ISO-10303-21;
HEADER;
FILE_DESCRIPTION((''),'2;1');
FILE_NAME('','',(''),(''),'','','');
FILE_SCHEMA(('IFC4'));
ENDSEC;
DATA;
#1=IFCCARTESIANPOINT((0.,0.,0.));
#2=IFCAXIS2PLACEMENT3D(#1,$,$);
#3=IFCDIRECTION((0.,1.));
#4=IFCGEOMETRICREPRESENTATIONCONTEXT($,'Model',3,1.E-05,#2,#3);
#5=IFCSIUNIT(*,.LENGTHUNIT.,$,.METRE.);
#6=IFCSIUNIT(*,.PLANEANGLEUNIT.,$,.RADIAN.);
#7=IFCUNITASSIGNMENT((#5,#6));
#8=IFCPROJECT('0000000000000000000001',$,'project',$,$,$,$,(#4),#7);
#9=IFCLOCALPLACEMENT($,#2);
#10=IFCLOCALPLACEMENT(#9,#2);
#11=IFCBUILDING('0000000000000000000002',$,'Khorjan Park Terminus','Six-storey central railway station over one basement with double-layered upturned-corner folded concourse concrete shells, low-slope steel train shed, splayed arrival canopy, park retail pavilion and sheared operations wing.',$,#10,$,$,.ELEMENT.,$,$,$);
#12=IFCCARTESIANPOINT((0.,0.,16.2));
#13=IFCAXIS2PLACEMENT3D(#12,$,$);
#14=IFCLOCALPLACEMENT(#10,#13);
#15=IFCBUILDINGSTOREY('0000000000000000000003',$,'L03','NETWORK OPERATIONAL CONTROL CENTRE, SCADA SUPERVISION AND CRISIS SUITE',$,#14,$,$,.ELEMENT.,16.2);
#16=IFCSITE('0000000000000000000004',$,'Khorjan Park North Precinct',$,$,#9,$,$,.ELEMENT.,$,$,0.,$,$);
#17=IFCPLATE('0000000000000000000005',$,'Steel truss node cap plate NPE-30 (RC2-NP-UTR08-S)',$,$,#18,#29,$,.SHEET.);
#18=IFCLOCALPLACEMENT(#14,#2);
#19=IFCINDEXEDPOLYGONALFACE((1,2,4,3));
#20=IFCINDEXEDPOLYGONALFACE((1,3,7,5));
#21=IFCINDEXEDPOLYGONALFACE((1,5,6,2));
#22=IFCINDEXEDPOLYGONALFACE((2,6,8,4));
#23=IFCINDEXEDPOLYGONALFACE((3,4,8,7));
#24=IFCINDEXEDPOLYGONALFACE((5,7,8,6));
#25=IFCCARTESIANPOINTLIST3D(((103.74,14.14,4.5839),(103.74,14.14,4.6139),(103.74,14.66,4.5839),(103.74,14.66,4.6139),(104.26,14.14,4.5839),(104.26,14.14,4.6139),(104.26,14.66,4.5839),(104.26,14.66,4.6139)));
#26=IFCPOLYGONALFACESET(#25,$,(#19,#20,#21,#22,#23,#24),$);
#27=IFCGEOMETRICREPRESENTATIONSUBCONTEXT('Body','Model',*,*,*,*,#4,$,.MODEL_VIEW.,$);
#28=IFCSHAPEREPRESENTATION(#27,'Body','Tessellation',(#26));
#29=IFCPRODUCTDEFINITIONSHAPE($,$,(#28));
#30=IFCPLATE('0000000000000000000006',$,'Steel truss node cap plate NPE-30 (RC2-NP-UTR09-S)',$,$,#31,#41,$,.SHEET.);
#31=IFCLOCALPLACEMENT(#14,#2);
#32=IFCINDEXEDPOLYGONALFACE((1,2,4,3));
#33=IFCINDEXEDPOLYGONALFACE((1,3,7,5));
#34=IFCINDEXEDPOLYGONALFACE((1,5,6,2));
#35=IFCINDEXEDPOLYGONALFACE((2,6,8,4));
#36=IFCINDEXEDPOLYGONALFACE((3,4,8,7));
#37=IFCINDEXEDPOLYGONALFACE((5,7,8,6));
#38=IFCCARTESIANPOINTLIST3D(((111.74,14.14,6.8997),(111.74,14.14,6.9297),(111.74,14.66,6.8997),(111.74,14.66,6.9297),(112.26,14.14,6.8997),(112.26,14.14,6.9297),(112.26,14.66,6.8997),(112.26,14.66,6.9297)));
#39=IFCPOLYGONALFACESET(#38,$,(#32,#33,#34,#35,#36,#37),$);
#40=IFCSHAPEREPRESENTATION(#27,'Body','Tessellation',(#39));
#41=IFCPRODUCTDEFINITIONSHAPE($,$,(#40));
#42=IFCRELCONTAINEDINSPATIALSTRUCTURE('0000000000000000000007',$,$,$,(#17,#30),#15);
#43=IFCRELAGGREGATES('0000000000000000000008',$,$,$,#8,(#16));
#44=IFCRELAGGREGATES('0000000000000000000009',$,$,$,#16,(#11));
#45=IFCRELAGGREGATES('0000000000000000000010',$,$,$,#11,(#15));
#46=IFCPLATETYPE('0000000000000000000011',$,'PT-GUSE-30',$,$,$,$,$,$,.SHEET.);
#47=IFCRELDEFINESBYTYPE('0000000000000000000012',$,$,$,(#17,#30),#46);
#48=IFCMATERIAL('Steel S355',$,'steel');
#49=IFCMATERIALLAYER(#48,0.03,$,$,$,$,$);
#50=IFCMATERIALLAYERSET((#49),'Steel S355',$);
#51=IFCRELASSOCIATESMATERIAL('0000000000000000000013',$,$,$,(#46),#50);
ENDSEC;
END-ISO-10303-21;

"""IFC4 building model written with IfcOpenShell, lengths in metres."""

from ifc_helpers import new_model, si_unit, direction, frame, origin, origin_2d, place, context, subcontext, project, spatial, rectangle, extrude, material, layer, layer_set, type_object, element, save


model = new_model("IFC4")

# Units and contexts
model_context = context("Model", 3, precision=1e-05, world=origin(), true_north=direction((0.0, 1.0)))
body_context = subcontext(model_context, "Body", "Model", "MODEL_VIEW")
ifc_project = project(units=[si_unit("LENGTHUNIT", "METRE"), si_unit("PLANEANGLEUNIT", "RADIAN")], contexts=[model_context])

# Site, building, storey
site_placement = place(None, origin())
site = spatial("IfcSite", under=ifc_project, at=site_placement, Name="Khorjan Park North Precinct", CompositionType="ELEMENT", RefElevation=0.0)
building_placement = place(site_placement, origin())
building = spatial("IfcBuilding", under=site, at=building_placement, Name="Khorjan Park Terminus", Description="Six-storey central railway station over one basement with double-layered upturned-corner folded concourse concrete shells, low-slope steel train shed, splayed arrival canopy, park retail pavilion and sheared operations wing.", CompositionType="ELEMENT")
storey_placement = place(building_placement, frame((0.0, 0.0, 16.2)))
storey = spatial("IfcBuildingStorey", under=building, at=storey_placement, Name="L03", Description="NETWORK OPERATIONAL CONTROL CENTRE, SCADA SUPERVISION AND CRISIS SUITE", CompositionType="ELEMENT", Elevation=16.2)

# Shared definitions
ifc_material = material(Name="Steel S355", Category="steel")

# Plates
ifc_layer_1 = layer(ifc_material, 0.03)
ifc_layer_set_1 = layer_set([ifc_layer_1], Name="Steel S355")
plate_type_1 = type_object("IfcPlateType", Name="PT-GUSE-30", PredefinedType="SHEET", material=ifc_layer_set_1)
for number, where, z_axis, x_axis, name in (
    (1, (104.0, 14.4, 4.5839), (0.0, 0.0, 1.0), (1.0, 0.0, 0.0), "Steel truss node cap plate NPE-30 (RC2-NP-UTR08-S)"),
    (2, (112.0, 14.4, 6.8997), (0.0, 0.0, 1.0), (1.0, 0.0, 0.0), "Steel truss node cap plate NPE-30 (RC2-NP-UTR09-S)"),
):
    element("IfcPlate", number, at=place(storey_placement, frame(where, z_axis=z_axis, x_axis=x_axis)), inside=storey, type_object=plate_type_1, Name=name, PredefinedType="SHEET", context=body_context, shape_type="SweptSolid", body=[
        extrude(rectangle(XDim=0.52, YDim=0.52, at=origin_2d()), origin(), (0.0, 0.0, 1.0), 0.03),
    ])

save(model, "model.ifc")
